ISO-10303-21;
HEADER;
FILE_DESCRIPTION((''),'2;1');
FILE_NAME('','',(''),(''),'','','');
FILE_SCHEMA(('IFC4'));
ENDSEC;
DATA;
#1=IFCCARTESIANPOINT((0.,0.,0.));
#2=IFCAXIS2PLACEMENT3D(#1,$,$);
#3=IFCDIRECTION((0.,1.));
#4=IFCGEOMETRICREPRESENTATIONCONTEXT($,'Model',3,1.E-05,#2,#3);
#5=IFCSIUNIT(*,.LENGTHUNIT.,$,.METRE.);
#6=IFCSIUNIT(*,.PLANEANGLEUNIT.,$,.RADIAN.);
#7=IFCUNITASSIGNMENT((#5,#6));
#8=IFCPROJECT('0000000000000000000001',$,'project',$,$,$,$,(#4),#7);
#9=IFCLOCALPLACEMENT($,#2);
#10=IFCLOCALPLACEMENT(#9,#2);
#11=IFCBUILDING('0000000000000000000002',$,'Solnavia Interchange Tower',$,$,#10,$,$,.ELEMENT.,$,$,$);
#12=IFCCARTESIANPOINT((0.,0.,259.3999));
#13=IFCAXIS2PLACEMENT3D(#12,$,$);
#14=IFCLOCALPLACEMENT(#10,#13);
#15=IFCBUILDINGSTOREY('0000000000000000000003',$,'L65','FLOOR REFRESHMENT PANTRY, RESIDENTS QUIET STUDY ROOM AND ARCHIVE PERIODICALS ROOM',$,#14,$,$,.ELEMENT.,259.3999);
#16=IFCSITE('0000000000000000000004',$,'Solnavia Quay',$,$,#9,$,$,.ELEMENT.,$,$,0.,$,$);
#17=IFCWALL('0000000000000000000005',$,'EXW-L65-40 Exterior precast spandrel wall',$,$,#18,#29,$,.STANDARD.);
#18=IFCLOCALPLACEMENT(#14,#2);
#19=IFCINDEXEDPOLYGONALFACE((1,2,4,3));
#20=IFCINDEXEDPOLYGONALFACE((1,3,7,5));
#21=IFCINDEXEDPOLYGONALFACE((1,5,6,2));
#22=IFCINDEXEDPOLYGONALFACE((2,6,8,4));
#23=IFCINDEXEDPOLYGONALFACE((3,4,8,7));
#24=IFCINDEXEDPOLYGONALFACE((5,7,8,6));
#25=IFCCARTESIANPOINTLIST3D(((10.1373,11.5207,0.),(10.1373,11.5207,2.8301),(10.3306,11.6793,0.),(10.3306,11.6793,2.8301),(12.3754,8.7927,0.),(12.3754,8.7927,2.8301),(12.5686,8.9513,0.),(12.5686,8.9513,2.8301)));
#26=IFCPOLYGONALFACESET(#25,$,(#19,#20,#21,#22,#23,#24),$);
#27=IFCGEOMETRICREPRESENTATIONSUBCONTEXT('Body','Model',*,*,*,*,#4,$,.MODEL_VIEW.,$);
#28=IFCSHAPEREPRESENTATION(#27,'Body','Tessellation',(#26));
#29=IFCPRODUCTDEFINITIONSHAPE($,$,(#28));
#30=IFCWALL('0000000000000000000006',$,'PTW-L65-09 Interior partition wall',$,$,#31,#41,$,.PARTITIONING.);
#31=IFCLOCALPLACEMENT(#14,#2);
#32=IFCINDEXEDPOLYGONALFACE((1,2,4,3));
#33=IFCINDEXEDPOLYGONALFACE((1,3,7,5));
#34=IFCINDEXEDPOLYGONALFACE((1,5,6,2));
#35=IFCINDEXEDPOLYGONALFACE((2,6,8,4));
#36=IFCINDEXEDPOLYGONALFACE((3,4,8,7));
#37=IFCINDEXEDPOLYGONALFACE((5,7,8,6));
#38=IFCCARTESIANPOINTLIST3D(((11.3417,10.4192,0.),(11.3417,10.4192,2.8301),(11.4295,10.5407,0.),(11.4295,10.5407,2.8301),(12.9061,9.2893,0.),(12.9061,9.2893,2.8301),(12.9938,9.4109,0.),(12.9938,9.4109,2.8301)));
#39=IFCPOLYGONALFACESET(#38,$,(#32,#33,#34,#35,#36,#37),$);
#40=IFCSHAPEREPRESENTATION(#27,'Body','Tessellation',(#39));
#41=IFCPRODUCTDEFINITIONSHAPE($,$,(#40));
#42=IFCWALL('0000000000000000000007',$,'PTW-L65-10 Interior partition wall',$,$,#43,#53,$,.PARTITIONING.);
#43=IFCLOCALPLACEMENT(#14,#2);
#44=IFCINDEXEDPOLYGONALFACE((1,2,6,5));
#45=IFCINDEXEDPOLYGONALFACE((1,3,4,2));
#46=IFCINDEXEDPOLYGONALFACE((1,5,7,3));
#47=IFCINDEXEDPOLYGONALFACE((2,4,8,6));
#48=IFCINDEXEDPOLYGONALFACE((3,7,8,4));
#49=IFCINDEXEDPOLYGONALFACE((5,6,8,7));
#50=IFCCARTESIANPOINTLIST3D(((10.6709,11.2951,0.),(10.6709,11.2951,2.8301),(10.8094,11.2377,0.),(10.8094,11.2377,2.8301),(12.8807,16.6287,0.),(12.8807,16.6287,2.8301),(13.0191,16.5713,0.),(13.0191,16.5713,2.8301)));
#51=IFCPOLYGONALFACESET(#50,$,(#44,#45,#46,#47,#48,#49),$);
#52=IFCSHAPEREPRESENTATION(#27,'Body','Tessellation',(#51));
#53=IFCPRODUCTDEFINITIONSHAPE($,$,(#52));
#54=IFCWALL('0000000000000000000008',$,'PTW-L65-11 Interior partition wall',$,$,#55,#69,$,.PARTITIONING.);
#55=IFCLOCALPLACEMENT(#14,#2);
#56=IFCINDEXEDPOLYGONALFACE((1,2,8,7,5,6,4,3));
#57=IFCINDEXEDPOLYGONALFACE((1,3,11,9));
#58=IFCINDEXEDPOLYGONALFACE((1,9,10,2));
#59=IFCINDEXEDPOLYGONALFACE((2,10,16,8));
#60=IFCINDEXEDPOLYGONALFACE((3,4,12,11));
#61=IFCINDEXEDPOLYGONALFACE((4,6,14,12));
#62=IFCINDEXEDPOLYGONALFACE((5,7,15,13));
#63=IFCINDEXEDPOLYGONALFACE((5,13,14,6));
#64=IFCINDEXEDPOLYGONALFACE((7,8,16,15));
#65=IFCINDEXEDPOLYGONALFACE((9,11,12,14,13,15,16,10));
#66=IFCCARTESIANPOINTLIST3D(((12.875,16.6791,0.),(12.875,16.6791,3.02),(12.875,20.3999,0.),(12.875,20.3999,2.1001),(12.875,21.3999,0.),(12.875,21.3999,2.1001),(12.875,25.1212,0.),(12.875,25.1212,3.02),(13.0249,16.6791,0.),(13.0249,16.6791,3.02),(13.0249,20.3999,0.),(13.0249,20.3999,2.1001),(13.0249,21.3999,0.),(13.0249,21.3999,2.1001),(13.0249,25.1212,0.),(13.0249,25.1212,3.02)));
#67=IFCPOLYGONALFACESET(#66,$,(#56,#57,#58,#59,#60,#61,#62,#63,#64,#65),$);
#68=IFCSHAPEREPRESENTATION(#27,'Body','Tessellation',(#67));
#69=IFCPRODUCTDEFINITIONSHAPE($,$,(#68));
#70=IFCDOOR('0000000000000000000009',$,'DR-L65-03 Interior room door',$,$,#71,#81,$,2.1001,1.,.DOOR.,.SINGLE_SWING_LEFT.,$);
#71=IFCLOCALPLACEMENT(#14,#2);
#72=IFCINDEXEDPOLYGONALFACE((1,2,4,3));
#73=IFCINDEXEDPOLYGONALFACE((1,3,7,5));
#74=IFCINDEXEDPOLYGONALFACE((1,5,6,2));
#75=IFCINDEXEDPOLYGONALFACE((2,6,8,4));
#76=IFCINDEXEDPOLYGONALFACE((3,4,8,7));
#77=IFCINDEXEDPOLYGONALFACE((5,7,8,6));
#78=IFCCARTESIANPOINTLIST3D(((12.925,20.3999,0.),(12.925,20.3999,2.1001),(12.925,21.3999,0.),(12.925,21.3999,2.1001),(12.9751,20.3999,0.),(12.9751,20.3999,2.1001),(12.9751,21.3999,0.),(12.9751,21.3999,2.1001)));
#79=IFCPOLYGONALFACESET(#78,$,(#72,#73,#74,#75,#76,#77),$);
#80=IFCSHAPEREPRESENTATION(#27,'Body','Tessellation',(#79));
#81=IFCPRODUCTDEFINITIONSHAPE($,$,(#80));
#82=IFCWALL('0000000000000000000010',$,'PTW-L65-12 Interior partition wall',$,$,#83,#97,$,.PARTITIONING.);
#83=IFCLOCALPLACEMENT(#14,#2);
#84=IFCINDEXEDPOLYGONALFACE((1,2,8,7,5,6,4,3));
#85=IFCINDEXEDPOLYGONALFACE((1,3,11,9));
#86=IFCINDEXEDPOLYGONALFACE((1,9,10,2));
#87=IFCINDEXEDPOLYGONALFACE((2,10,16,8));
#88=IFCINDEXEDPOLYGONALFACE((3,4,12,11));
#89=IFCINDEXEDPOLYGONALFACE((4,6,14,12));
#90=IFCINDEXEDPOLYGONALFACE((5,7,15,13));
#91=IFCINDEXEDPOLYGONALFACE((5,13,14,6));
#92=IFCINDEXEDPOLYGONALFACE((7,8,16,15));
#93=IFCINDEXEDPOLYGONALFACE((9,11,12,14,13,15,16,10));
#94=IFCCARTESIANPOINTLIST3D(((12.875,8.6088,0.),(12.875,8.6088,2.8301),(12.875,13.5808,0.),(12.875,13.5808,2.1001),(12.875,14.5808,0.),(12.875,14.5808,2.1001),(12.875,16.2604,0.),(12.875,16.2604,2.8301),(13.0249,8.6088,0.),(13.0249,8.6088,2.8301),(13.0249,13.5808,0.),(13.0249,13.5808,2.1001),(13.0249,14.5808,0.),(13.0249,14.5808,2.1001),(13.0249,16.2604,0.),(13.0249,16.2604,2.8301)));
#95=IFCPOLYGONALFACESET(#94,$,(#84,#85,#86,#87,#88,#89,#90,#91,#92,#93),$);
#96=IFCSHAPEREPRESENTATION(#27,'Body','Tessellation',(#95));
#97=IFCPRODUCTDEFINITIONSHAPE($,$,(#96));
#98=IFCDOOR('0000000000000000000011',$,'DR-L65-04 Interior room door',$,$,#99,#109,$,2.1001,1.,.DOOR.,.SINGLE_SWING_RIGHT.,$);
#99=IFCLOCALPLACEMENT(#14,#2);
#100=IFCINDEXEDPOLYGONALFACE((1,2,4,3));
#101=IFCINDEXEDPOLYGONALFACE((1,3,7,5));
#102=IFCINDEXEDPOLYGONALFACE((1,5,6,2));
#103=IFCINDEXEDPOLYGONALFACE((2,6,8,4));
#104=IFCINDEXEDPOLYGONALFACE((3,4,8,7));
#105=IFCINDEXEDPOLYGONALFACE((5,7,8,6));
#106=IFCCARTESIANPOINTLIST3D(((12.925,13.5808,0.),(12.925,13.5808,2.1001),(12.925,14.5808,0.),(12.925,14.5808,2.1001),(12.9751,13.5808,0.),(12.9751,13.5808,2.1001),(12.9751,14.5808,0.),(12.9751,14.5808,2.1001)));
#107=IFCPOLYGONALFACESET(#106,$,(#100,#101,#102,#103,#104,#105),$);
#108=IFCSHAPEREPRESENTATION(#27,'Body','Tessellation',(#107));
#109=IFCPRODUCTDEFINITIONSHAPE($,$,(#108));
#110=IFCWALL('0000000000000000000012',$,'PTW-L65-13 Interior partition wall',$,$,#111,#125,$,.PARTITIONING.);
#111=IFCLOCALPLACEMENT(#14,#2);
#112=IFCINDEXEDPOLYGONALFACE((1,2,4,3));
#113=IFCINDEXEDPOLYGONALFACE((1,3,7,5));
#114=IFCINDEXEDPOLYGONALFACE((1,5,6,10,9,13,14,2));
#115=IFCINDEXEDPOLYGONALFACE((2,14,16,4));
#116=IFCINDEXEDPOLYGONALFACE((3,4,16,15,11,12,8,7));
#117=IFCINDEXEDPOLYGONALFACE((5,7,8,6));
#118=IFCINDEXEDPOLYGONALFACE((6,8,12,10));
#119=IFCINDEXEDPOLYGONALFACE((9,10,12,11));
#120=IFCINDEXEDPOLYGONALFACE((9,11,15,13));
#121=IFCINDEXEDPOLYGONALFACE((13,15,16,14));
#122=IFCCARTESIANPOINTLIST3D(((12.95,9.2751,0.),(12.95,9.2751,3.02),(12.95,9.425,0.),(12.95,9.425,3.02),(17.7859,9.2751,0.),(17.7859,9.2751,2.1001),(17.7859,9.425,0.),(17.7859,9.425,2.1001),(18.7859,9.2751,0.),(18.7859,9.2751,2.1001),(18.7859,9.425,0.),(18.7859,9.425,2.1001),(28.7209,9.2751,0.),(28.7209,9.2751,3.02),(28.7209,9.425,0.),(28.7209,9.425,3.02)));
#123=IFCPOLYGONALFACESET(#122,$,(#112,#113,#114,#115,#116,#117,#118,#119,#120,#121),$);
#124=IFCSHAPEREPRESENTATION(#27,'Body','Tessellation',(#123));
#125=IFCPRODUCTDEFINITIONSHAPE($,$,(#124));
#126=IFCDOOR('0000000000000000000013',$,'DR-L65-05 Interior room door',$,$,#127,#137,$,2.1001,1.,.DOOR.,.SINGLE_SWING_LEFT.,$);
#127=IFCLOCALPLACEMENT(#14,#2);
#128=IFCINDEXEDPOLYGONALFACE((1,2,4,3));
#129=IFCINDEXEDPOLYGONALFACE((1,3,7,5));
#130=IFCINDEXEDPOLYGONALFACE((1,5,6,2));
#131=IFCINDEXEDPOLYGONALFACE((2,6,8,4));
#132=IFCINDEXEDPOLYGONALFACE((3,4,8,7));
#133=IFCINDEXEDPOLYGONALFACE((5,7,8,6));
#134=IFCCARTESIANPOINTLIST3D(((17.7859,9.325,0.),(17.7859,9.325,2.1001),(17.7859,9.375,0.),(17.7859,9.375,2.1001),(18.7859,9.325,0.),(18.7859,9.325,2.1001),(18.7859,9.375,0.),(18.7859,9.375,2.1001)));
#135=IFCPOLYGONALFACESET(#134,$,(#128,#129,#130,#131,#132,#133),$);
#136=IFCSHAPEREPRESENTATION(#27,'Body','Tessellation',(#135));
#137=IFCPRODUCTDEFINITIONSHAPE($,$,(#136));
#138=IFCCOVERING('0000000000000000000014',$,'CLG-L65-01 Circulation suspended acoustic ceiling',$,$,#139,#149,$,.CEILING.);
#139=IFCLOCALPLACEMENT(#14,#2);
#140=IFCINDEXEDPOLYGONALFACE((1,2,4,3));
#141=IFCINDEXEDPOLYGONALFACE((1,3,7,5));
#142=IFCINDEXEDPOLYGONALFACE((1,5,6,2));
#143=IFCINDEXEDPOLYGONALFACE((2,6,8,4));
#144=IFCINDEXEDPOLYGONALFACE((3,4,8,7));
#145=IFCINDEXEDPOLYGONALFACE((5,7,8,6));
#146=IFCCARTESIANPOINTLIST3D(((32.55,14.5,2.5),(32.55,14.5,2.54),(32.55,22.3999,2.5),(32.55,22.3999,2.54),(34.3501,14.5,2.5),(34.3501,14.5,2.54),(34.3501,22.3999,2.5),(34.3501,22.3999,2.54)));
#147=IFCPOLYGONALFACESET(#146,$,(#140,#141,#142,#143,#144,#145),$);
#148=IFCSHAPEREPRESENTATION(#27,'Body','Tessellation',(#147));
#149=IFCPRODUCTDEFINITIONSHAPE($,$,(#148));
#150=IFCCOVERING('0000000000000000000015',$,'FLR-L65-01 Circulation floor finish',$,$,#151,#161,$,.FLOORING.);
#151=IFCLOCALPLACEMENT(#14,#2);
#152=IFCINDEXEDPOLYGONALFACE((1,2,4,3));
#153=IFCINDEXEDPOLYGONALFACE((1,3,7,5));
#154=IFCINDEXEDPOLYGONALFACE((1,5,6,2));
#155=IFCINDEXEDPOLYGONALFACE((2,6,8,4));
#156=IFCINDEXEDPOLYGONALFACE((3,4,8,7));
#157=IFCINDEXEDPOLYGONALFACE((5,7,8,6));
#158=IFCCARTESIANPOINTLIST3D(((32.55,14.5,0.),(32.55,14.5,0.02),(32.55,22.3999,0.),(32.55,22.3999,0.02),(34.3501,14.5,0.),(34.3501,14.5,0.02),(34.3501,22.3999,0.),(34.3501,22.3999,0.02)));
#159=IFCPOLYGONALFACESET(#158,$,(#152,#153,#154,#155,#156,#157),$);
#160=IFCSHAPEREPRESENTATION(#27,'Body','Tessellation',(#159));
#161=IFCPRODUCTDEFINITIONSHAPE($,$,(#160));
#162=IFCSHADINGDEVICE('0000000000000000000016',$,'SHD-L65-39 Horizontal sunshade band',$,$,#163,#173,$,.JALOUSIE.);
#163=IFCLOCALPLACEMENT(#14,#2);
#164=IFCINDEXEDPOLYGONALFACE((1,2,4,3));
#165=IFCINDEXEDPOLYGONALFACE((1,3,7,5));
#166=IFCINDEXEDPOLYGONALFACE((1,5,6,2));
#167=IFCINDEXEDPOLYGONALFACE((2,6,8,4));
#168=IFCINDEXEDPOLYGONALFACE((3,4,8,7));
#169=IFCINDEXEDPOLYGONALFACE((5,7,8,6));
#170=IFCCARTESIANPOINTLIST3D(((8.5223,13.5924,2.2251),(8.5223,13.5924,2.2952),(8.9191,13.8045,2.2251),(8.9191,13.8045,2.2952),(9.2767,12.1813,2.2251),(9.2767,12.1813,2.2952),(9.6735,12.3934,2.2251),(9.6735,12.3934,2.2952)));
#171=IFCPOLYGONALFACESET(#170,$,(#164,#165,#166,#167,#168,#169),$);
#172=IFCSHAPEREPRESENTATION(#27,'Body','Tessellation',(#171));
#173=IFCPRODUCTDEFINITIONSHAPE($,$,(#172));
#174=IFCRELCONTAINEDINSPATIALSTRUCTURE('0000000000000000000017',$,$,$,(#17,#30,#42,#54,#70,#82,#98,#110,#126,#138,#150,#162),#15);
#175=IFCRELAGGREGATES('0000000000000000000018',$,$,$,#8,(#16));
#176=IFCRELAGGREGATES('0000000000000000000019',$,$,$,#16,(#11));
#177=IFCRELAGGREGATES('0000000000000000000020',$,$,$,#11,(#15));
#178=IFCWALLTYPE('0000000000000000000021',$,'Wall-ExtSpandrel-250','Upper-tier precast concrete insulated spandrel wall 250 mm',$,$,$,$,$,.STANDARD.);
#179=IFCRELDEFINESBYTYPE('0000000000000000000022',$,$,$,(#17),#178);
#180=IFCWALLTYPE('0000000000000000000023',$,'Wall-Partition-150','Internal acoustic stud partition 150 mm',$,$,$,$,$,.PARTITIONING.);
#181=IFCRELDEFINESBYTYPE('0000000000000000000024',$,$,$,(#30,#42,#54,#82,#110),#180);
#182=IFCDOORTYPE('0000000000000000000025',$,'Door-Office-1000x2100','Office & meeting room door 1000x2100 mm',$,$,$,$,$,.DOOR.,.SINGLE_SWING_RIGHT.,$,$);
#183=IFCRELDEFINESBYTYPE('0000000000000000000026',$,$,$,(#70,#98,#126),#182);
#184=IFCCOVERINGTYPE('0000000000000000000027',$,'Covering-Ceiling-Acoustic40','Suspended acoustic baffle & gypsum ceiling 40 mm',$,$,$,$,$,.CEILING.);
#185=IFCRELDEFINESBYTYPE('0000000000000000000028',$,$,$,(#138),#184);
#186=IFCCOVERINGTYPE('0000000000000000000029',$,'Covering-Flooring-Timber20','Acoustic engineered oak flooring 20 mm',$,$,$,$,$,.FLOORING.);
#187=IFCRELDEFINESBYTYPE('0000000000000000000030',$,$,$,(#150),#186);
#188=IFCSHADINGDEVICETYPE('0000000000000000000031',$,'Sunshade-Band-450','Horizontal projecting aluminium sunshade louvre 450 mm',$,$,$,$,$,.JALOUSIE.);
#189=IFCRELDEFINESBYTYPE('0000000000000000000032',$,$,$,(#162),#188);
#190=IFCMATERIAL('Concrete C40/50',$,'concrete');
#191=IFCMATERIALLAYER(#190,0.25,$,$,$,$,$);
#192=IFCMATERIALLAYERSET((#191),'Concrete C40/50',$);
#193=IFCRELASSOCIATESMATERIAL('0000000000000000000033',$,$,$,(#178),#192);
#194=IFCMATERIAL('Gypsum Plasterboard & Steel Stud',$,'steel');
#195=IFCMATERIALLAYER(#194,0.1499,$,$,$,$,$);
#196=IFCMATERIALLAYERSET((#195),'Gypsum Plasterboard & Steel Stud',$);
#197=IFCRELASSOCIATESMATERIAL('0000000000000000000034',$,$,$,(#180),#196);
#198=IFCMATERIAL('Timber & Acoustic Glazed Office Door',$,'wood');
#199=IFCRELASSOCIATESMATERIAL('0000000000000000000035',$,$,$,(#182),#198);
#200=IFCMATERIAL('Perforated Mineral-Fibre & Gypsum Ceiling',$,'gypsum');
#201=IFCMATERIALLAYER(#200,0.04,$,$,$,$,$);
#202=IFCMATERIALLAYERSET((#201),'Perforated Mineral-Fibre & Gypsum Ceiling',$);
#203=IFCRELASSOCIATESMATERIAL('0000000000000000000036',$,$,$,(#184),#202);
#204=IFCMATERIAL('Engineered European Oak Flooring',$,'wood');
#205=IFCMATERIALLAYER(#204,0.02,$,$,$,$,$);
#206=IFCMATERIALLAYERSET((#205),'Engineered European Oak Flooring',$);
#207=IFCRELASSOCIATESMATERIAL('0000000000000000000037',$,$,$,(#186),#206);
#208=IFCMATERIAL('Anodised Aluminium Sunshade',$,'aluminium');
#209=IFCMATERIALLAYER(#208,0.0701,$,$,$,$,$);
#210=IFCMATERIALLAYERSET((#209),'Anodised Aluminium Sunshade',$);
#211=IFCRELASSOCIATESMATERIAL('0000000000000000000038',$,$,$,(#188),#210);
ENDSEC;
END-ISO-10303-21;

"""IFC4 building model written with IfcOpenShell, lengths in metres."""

from ifc_helpers import new_model, si_unit, direction, frame, frame_2d, origin, origin_2d, place, context, subcontext, project, spatial, polyline, rectangle, outline, extrude, material, layer, layer_set, type_object, element, fill, save


model = new_model("IFC4")

# Units and contexts
model_context = context("Model", 3, precision=1e-05, world=origin(), true_north=direction((0.0, 1.0)))
body_context = subcontext(model_context, "Body", "Model", "MODEL_VIEW")
ifc_project = project(units=[si_unit("LENGTHUNIT", "METRE"), si_unit("PLANEANGLEUNIT", "RADIAN")], contexts=[model_context])

# Site, building, storey
site_placement = place(None, origin())
site = spatial("IfcSite", under=ifc_project, at=site_placement, Name="Solnavia Quay", CompositionType="ELEMENT", RefElevation=0.0)
building_placement = place(site_placement, origin())
building = spatial("IfcBuilding", under=site, at=building_placement, Name="Solnavia Interchange Tower", CompositionType="ELEMENT")
storey_placement = place(building_placement, frame((0.0, 0.0, 259.3999)))
storey = spatial("IfcBuildingStorey", under=building, at=storey_placement, Name="L65", Description="FLOOR REFRESHMENT PANTRY, RESIDENTS QUIET STUDY ROOM AND ARCHIVE PERIODICALS ROOM", CompositionType="ELEMENT", Elevation=259.3999)

# Shared definitions
ifc_material_1 = material(Name="Concrete C40/50", Category="concrete")

# Shared definitions
ifc_layer_1 = layer(ifc_material_1, 0.25)
ifc_layer_set_1 = layer_set([ifc_layer_1], Name="Concrete C40/50")
wall_type_1 = type_object("IfcWallType", Name="Wall-ExtSpandrel-250", Description="Upper-tier precast concrete insulated spandrel wall 250 mm", PredefinedType="STANDARD", material=ifc_layer_set_1)

# Walls
wall_1_placement = place(storey_placement, frame((12.4719, 8.8721, 0.0), z_axis=(0.0, 0.0, 1.0), x_axis=(-0.634258, 0.773121, 0.0)))
element("IfcWall", 1, at=wall_1_placement, inside=storey, type_object=wall_type_1, Name="EXW-L65-40 Exterior precast spandrel wall", PredefinedType="STANDARD", context=body_context, shape_type="SweptSolid", body=[
    extrude(rectangle(XDim=3.5286, YDim=0.25, at=frame_2d((1.7642, 0.0))), origin(), (0.0, 0.0, 1.0), 2.8301),
])
ifc_material_2 = material(Name="Gypsum Plasterboard & Steel Stud", Category="steel")
ifc_layer_2 = layer(ifc_material_2, 0.1499)
ifc_layer_set_2 = layer_set([ifc_layer_2], Name="Gypsum Plasterboard & Steel Stud")
wall_type_2 = type_object("IfcWallType", Name="Wall-Partition-150", Description="Internal acoustic stud partition 150 mm", PredefinedType="PARTITIONING", material=ifc_layer_set_2)
wall_2_placement = place(storey_placement, frame((12.95, 9.3501, 0.0), z_axis=(0.0, 0.0, 1.0), x_axis=(-0.810679, 0.585491, 0.0)))
element("IfcWall", 2, at=wall_2_placement, inside=storey, type_object=wall_type_2, Name="PTW-L65-09 Interior partition wall", PredefinedType="PARTITIONING", context=body_context, shape_type="SweptSolid", body=[
    extrude(rectangle(XDim=1.9297, YDim=0.1499, at=frame_2d((0.9648, 0.0))), origin(), (0.0, 0.0, 1.0), 2.8301),
])
wall_3_placement = place(storey_placement, frame((12.95, 16.6001, 0.0), z_axis=(0.0, 0.0, 1.0), x_axis=(-0.382759, -0.923848, 0.0)))
element("IfcWall", 3, at=wall_3_placement, inside=storey, type_object=wall_type_2, Name="PTW-L65-10 Interior partition wall", PredefinedType="PARTITIONING", context=body_context, shape_type="SweptSolid", body=[
    extrude(rectangle(XDim=5.7732, YDim=0.1499, at=frame_2d((2.8867, 0.0))), origin(), (0.0, 0.0, 1.0), 2.8301),
])

# Walls, openings, doors
wall_4_placement = place(storey_placement, frame((12.95, 16.679, 0.0), z_axis=(0.0, 0.0, 1.0), x_axis=(0.0, 1.0, 0.0)))
wall_4 = element("IfcWall", 4, at=wall_4_placement, inside=storey, type_object=wall_type_2, Name="PTW-L65-11 Interior partition wall", PredefinedType="PARTITIONING", context=body_context, shape_type="SweptSolid", body=[
    extrude(rectangle(XDim=8.4421, YDim=0.1499, at=frame_2d((4.2212, 0.0))), origin(), (0.0, 0.0, 1.0), 3.02),
])
opening_1_placement = place(wall_4_placement, frame((3.7209, 0.0, 0.0)))
opening_1 = element("IfcOpeningElement", 5, at=opening_1_placement, cuts=wall_4, PredefinedType="OPENING", context=body_context, shape_type="SweptSolid", body=[
    extrude(rectangle(XDim=1.0, YDim=2.1001, at=frame_2d((0.5, 1.05))), frame((0.0, 0.085, 0.0), z_axis=(0.0, -1.0, 0.0), x_axis=(1.0, 0.0, 0.0)), (0.0, 0.0, 1.0), 0.1699),
])
ifc_material_3 = material(Name="Timber & Acoustic Glazed Office Door", Category="wood")
door_type = type_object("IfcDoorType", Name="Door-Office-1000x2100", Description="Office & meeting room door 1000x2100 mm", OperationType="SINGLE_SWING_RIGHT", PredefinedType="DOOR", material=ifc_material_3)
door_1_placement = place(opening_1_placement, origin())
door_1 = element("IfcDoor", 6, at=door_1_placement, inside=storey, type_object=door_type, Name="DR-L65-03 Interior room door", OperationType="SINGLE_SWING_LEFT", OverallHeight=2.1001, OverallWidth=1.0, PredefinedType="DOOR", context=body_context, shape_type="SweptSolid", body=[
    extrude(rectangle(XDim=1.0, YDim=2.1001, at=frame_2d((0.5, 1.05))), frame((0.0, 0.0249, 0.0), z_axis=(0.0, -1.0, 0.0), x_axis=(1.0, 0.0, 0.0)), (0.0, 0.0, 1.0), 0.05),
])
fill(opening_1, door_1)
wall_5_placement = place(storey_placement, frame((12.95, 8.6089, 0.0), z_axis=(0.0, 0.0, 1.0), x_axis=(0.0, 1.0, 0.0)))
wall_5 = element("IfcWall", 7, at=wall_5_placement, inside=storey, type_object=wall_type_2, Name="PTW-L65-12 Interior partition wall", PredefinedType="PARTITIONING", context=body_context, shape_type="SweptSolid", body=[
    extrude(rectangle(XDim=7.6516, YDim=0.1499, at=frame_2d((3.8257, 0.0))), origin(), (0.0, 0.0, 1.0), 2.8301),
])
opening_2_placement = place(wall_5_placement, frame((4.9719, 0.0, 0.0)))
opening_2 = element("IfcOpeningElement", 8, at=opening_2_placement, cuts=wall_5, PredefinedType="OPENING", context=body_context, shape_type="SweptSolid", body=[
    extrude(rectangle(XDim=1.0, YDim=2.1001, at=frame_2d((0.5, 1.05))), frame((0.0, 0.085, 0.0), z_axis=(0.0, -1.0, 0.0), x_axis=(1.0, 0.0, 0.0)), (0.0, 0.0, 1.0), 0.1699),
])
door_2_placement = place(opening_2_placement, origin())
door_2 = element("IfcDoor", 9, at=door_2_placement, inside=storey, type_object=door_type, Name="DR-L65-04 Interior room door", OperationType="SINGLE_SWING_RIGHT", OverallHeight=2.1001, OverallWidth=1.0, PredefinedType="DOOR", context=body_context, shape_type="SweptSolid", body=[
    extrude(rectangle(XDim=1.0, YDim=2.1001, at=frame_2d((0.5, 1.05))), frame((0.0, 0.0249, 0.0), z_axis=(0.0, -1.0, 0.0), x_axis=(1.0, 0.0, 0.0)), (0.0, 0.0, 1.0), 0.05),
])
fill(opening_2, door_2)
wall_6_placement = place(storey_placement, frame((12.95, 9.3501, 0.0), z_axis=(0.0, 0.0, 1.0), x_axis=(1.0, 0.0, 0.0)))
wall_6 = element("IfcWall", 10, at=wall_6_placement, inside=storey, type_object=wall_type_2, Name="PTW-L65-13 Interior partition wall", PredefinedType="PARTITIONING", context=body_context, shape_type="SweptSolid", body=[
    extrude(rectangle(XDim=15.771, YDim=0.1499, at=frame_2d((7.8855, 0.0))), origin(), (0.0, 0.0, 1.0), 3.02),
])
opening_3_placement = place(wall_6_placement, frame((4.8359, 0.0, 0.0)))
opening_3 = element("IfcOpeningElement", 11, at=opening_3_placement, cuts=wall_6, PredefinedType="OPENING", context=body_context, shape_type="SweptSolid", body=[
    extrude(rectangle(XDim=1.0, YDim=2.1001, at=frame_2d((0.5, 1.05))), frame((0.0, 0.085, 0.0), z_axis=(0.0, -1.0, 0.0), x_axis=(1.0, 0.0, 0.0)), (0.0, 0.0, 1.0), 0.1699),
])
door_3_placement = place(opening_3_placement, origin())
door_3 = element("IfcDoor", 12, at=door_3_placement, inside=storey, type_object=door_type, Name="DR-L65-05 Interior room door", OperationType="SINGLE_SWING_LEFT", OverallHeight=2.1001, OverallWidth=1.0, PredefinedType="DOOR", context=body_context, shape_type="SweptSolid", body=[
    extrude(rectangle(XDim=1.0, YDim=2.1001, at=frame_2d((0.5, 1.05))), frame((0.0, 0.0249, 0.0), z_axis=(0.0, -1.0, 0.0), x_axis=(1.0, 0.0, 0.0)), (0.0, 0.0, 1.0), 0.05),
])
fill(opening_3, door_3)

# Coverings
ifc_material_4 = material(Name="Perforated Mineral-Fibre & Gypsum Ceiling", Category="gypsum")
ifc_layer_3 = layer(ifc_material_4, 0.04)
ifc_layer_set_3 = layer_set([ifc_layer_3], Name="Perforated Mineral-Fibre & Gypsum Ceiling")
covering_type_1 = type_object("IfcCoveringType", Name="Covering-Ceiling-Acoustic40", Description="Suspended acoustic baffle & gypsum ceiling 40 mm", PredefinedType="CEILING", material=ifc_layer_set_3)
covering_1_placement = place(storey_placement, frame((0.0, 0.0, 2.5)))
element("IfcCovering", 13, at=covering_1_placement, inside=storey, type_object=covering_type_1, Name="CLG-L65-01 Circulation suspended acoustic ceiling", PredefinedType="CEILING", context=body_context, shape_type="SweptSolid", body=[
    extrude(outline(polyline([(32.55, 14.5), (34.3501, 14.5), (34.3501, 22.3999), (32.55, 22.3999), (32.55, 14.5)])), origin(), (0.0, 0.0, 1.0), 0.04),
])
ifc_material_5 = material(Name="Engineered European Oak Flooring", Category="wood")
ifc_layer_4 = layer(ifc_material_5, 0.02)
ifc_layer_set_4 = layer_set([ifc_layer_4], Name="Engineered European Oak Flooring")
covering_type_2 = type_object("IfcCoveringType", Name="Covering-Flooring-Timber20", Description="Acoustic engineered oak flooring 20 mm", PredefinedType="FLOORING", material=ifc_layer_set_4)
covering_2_placement = place(storey_placement, origin())
element("IfcCovering", 14, at=covering_2_placement, inside=storey, type_object=covering_type_2, Name="FLR-L65-01 Circulation floor finish", PredefinedType="FLOORING", context=body_context, shape_type="SweptSolid", body=[
    extrude(outline(polyline([(32.55, 14.5), (34.3501, 14.5), (34.3501, 22.3999), (32.55, 22.3999), (32.55, 14.5)])), origin(), (0.0, 0.0, 1.0), 0.02),
])

# Shading device
ifc_material_6 = material(Name="Anodised Aluminium Sunshade", Category="aluminium")
ifc_layer_5 = layer(ifc_material_6, 0.0701)
ifc_layer_set_5 = layer_set([ifc_layer_5], Name="Anodised Aluminium Sunshade")
shading_device_type = type_object("IfcShadingDeviceType", Name="Sunshade-Band-450", Description="Horizontal projecting aluminium sunshade louvre 450 mm", PredefinedType="JALOUSIE", material=ifc_layer_set_5)
for number, where, z_axis, x_axis, name in (
    (15, (9.0979, 12.9929, 2.2251), (0.0, 0.0, 1.0), (-0.471474, 0.88188, 0.0), "SHD-L65-39 Horizontal sunshade band"),
):
    element("IfcShadingDevice", number, at=place(storey_placement, frame(where, z_axis=z_axis, x_axis=x_axis)), inside=storey, type_object=shading_device_type, Name=name, PredefinedType="JALOUSIE", context=body_context, shape_type="SweptSolid", body=[
        extrude(rectangle(XDim=1.6001, YDim=0.45, at=origin_2d()), origin(), (0.0, 0.0, 1.0), 0.0701),
    ])

save(model, "model.ifc")
